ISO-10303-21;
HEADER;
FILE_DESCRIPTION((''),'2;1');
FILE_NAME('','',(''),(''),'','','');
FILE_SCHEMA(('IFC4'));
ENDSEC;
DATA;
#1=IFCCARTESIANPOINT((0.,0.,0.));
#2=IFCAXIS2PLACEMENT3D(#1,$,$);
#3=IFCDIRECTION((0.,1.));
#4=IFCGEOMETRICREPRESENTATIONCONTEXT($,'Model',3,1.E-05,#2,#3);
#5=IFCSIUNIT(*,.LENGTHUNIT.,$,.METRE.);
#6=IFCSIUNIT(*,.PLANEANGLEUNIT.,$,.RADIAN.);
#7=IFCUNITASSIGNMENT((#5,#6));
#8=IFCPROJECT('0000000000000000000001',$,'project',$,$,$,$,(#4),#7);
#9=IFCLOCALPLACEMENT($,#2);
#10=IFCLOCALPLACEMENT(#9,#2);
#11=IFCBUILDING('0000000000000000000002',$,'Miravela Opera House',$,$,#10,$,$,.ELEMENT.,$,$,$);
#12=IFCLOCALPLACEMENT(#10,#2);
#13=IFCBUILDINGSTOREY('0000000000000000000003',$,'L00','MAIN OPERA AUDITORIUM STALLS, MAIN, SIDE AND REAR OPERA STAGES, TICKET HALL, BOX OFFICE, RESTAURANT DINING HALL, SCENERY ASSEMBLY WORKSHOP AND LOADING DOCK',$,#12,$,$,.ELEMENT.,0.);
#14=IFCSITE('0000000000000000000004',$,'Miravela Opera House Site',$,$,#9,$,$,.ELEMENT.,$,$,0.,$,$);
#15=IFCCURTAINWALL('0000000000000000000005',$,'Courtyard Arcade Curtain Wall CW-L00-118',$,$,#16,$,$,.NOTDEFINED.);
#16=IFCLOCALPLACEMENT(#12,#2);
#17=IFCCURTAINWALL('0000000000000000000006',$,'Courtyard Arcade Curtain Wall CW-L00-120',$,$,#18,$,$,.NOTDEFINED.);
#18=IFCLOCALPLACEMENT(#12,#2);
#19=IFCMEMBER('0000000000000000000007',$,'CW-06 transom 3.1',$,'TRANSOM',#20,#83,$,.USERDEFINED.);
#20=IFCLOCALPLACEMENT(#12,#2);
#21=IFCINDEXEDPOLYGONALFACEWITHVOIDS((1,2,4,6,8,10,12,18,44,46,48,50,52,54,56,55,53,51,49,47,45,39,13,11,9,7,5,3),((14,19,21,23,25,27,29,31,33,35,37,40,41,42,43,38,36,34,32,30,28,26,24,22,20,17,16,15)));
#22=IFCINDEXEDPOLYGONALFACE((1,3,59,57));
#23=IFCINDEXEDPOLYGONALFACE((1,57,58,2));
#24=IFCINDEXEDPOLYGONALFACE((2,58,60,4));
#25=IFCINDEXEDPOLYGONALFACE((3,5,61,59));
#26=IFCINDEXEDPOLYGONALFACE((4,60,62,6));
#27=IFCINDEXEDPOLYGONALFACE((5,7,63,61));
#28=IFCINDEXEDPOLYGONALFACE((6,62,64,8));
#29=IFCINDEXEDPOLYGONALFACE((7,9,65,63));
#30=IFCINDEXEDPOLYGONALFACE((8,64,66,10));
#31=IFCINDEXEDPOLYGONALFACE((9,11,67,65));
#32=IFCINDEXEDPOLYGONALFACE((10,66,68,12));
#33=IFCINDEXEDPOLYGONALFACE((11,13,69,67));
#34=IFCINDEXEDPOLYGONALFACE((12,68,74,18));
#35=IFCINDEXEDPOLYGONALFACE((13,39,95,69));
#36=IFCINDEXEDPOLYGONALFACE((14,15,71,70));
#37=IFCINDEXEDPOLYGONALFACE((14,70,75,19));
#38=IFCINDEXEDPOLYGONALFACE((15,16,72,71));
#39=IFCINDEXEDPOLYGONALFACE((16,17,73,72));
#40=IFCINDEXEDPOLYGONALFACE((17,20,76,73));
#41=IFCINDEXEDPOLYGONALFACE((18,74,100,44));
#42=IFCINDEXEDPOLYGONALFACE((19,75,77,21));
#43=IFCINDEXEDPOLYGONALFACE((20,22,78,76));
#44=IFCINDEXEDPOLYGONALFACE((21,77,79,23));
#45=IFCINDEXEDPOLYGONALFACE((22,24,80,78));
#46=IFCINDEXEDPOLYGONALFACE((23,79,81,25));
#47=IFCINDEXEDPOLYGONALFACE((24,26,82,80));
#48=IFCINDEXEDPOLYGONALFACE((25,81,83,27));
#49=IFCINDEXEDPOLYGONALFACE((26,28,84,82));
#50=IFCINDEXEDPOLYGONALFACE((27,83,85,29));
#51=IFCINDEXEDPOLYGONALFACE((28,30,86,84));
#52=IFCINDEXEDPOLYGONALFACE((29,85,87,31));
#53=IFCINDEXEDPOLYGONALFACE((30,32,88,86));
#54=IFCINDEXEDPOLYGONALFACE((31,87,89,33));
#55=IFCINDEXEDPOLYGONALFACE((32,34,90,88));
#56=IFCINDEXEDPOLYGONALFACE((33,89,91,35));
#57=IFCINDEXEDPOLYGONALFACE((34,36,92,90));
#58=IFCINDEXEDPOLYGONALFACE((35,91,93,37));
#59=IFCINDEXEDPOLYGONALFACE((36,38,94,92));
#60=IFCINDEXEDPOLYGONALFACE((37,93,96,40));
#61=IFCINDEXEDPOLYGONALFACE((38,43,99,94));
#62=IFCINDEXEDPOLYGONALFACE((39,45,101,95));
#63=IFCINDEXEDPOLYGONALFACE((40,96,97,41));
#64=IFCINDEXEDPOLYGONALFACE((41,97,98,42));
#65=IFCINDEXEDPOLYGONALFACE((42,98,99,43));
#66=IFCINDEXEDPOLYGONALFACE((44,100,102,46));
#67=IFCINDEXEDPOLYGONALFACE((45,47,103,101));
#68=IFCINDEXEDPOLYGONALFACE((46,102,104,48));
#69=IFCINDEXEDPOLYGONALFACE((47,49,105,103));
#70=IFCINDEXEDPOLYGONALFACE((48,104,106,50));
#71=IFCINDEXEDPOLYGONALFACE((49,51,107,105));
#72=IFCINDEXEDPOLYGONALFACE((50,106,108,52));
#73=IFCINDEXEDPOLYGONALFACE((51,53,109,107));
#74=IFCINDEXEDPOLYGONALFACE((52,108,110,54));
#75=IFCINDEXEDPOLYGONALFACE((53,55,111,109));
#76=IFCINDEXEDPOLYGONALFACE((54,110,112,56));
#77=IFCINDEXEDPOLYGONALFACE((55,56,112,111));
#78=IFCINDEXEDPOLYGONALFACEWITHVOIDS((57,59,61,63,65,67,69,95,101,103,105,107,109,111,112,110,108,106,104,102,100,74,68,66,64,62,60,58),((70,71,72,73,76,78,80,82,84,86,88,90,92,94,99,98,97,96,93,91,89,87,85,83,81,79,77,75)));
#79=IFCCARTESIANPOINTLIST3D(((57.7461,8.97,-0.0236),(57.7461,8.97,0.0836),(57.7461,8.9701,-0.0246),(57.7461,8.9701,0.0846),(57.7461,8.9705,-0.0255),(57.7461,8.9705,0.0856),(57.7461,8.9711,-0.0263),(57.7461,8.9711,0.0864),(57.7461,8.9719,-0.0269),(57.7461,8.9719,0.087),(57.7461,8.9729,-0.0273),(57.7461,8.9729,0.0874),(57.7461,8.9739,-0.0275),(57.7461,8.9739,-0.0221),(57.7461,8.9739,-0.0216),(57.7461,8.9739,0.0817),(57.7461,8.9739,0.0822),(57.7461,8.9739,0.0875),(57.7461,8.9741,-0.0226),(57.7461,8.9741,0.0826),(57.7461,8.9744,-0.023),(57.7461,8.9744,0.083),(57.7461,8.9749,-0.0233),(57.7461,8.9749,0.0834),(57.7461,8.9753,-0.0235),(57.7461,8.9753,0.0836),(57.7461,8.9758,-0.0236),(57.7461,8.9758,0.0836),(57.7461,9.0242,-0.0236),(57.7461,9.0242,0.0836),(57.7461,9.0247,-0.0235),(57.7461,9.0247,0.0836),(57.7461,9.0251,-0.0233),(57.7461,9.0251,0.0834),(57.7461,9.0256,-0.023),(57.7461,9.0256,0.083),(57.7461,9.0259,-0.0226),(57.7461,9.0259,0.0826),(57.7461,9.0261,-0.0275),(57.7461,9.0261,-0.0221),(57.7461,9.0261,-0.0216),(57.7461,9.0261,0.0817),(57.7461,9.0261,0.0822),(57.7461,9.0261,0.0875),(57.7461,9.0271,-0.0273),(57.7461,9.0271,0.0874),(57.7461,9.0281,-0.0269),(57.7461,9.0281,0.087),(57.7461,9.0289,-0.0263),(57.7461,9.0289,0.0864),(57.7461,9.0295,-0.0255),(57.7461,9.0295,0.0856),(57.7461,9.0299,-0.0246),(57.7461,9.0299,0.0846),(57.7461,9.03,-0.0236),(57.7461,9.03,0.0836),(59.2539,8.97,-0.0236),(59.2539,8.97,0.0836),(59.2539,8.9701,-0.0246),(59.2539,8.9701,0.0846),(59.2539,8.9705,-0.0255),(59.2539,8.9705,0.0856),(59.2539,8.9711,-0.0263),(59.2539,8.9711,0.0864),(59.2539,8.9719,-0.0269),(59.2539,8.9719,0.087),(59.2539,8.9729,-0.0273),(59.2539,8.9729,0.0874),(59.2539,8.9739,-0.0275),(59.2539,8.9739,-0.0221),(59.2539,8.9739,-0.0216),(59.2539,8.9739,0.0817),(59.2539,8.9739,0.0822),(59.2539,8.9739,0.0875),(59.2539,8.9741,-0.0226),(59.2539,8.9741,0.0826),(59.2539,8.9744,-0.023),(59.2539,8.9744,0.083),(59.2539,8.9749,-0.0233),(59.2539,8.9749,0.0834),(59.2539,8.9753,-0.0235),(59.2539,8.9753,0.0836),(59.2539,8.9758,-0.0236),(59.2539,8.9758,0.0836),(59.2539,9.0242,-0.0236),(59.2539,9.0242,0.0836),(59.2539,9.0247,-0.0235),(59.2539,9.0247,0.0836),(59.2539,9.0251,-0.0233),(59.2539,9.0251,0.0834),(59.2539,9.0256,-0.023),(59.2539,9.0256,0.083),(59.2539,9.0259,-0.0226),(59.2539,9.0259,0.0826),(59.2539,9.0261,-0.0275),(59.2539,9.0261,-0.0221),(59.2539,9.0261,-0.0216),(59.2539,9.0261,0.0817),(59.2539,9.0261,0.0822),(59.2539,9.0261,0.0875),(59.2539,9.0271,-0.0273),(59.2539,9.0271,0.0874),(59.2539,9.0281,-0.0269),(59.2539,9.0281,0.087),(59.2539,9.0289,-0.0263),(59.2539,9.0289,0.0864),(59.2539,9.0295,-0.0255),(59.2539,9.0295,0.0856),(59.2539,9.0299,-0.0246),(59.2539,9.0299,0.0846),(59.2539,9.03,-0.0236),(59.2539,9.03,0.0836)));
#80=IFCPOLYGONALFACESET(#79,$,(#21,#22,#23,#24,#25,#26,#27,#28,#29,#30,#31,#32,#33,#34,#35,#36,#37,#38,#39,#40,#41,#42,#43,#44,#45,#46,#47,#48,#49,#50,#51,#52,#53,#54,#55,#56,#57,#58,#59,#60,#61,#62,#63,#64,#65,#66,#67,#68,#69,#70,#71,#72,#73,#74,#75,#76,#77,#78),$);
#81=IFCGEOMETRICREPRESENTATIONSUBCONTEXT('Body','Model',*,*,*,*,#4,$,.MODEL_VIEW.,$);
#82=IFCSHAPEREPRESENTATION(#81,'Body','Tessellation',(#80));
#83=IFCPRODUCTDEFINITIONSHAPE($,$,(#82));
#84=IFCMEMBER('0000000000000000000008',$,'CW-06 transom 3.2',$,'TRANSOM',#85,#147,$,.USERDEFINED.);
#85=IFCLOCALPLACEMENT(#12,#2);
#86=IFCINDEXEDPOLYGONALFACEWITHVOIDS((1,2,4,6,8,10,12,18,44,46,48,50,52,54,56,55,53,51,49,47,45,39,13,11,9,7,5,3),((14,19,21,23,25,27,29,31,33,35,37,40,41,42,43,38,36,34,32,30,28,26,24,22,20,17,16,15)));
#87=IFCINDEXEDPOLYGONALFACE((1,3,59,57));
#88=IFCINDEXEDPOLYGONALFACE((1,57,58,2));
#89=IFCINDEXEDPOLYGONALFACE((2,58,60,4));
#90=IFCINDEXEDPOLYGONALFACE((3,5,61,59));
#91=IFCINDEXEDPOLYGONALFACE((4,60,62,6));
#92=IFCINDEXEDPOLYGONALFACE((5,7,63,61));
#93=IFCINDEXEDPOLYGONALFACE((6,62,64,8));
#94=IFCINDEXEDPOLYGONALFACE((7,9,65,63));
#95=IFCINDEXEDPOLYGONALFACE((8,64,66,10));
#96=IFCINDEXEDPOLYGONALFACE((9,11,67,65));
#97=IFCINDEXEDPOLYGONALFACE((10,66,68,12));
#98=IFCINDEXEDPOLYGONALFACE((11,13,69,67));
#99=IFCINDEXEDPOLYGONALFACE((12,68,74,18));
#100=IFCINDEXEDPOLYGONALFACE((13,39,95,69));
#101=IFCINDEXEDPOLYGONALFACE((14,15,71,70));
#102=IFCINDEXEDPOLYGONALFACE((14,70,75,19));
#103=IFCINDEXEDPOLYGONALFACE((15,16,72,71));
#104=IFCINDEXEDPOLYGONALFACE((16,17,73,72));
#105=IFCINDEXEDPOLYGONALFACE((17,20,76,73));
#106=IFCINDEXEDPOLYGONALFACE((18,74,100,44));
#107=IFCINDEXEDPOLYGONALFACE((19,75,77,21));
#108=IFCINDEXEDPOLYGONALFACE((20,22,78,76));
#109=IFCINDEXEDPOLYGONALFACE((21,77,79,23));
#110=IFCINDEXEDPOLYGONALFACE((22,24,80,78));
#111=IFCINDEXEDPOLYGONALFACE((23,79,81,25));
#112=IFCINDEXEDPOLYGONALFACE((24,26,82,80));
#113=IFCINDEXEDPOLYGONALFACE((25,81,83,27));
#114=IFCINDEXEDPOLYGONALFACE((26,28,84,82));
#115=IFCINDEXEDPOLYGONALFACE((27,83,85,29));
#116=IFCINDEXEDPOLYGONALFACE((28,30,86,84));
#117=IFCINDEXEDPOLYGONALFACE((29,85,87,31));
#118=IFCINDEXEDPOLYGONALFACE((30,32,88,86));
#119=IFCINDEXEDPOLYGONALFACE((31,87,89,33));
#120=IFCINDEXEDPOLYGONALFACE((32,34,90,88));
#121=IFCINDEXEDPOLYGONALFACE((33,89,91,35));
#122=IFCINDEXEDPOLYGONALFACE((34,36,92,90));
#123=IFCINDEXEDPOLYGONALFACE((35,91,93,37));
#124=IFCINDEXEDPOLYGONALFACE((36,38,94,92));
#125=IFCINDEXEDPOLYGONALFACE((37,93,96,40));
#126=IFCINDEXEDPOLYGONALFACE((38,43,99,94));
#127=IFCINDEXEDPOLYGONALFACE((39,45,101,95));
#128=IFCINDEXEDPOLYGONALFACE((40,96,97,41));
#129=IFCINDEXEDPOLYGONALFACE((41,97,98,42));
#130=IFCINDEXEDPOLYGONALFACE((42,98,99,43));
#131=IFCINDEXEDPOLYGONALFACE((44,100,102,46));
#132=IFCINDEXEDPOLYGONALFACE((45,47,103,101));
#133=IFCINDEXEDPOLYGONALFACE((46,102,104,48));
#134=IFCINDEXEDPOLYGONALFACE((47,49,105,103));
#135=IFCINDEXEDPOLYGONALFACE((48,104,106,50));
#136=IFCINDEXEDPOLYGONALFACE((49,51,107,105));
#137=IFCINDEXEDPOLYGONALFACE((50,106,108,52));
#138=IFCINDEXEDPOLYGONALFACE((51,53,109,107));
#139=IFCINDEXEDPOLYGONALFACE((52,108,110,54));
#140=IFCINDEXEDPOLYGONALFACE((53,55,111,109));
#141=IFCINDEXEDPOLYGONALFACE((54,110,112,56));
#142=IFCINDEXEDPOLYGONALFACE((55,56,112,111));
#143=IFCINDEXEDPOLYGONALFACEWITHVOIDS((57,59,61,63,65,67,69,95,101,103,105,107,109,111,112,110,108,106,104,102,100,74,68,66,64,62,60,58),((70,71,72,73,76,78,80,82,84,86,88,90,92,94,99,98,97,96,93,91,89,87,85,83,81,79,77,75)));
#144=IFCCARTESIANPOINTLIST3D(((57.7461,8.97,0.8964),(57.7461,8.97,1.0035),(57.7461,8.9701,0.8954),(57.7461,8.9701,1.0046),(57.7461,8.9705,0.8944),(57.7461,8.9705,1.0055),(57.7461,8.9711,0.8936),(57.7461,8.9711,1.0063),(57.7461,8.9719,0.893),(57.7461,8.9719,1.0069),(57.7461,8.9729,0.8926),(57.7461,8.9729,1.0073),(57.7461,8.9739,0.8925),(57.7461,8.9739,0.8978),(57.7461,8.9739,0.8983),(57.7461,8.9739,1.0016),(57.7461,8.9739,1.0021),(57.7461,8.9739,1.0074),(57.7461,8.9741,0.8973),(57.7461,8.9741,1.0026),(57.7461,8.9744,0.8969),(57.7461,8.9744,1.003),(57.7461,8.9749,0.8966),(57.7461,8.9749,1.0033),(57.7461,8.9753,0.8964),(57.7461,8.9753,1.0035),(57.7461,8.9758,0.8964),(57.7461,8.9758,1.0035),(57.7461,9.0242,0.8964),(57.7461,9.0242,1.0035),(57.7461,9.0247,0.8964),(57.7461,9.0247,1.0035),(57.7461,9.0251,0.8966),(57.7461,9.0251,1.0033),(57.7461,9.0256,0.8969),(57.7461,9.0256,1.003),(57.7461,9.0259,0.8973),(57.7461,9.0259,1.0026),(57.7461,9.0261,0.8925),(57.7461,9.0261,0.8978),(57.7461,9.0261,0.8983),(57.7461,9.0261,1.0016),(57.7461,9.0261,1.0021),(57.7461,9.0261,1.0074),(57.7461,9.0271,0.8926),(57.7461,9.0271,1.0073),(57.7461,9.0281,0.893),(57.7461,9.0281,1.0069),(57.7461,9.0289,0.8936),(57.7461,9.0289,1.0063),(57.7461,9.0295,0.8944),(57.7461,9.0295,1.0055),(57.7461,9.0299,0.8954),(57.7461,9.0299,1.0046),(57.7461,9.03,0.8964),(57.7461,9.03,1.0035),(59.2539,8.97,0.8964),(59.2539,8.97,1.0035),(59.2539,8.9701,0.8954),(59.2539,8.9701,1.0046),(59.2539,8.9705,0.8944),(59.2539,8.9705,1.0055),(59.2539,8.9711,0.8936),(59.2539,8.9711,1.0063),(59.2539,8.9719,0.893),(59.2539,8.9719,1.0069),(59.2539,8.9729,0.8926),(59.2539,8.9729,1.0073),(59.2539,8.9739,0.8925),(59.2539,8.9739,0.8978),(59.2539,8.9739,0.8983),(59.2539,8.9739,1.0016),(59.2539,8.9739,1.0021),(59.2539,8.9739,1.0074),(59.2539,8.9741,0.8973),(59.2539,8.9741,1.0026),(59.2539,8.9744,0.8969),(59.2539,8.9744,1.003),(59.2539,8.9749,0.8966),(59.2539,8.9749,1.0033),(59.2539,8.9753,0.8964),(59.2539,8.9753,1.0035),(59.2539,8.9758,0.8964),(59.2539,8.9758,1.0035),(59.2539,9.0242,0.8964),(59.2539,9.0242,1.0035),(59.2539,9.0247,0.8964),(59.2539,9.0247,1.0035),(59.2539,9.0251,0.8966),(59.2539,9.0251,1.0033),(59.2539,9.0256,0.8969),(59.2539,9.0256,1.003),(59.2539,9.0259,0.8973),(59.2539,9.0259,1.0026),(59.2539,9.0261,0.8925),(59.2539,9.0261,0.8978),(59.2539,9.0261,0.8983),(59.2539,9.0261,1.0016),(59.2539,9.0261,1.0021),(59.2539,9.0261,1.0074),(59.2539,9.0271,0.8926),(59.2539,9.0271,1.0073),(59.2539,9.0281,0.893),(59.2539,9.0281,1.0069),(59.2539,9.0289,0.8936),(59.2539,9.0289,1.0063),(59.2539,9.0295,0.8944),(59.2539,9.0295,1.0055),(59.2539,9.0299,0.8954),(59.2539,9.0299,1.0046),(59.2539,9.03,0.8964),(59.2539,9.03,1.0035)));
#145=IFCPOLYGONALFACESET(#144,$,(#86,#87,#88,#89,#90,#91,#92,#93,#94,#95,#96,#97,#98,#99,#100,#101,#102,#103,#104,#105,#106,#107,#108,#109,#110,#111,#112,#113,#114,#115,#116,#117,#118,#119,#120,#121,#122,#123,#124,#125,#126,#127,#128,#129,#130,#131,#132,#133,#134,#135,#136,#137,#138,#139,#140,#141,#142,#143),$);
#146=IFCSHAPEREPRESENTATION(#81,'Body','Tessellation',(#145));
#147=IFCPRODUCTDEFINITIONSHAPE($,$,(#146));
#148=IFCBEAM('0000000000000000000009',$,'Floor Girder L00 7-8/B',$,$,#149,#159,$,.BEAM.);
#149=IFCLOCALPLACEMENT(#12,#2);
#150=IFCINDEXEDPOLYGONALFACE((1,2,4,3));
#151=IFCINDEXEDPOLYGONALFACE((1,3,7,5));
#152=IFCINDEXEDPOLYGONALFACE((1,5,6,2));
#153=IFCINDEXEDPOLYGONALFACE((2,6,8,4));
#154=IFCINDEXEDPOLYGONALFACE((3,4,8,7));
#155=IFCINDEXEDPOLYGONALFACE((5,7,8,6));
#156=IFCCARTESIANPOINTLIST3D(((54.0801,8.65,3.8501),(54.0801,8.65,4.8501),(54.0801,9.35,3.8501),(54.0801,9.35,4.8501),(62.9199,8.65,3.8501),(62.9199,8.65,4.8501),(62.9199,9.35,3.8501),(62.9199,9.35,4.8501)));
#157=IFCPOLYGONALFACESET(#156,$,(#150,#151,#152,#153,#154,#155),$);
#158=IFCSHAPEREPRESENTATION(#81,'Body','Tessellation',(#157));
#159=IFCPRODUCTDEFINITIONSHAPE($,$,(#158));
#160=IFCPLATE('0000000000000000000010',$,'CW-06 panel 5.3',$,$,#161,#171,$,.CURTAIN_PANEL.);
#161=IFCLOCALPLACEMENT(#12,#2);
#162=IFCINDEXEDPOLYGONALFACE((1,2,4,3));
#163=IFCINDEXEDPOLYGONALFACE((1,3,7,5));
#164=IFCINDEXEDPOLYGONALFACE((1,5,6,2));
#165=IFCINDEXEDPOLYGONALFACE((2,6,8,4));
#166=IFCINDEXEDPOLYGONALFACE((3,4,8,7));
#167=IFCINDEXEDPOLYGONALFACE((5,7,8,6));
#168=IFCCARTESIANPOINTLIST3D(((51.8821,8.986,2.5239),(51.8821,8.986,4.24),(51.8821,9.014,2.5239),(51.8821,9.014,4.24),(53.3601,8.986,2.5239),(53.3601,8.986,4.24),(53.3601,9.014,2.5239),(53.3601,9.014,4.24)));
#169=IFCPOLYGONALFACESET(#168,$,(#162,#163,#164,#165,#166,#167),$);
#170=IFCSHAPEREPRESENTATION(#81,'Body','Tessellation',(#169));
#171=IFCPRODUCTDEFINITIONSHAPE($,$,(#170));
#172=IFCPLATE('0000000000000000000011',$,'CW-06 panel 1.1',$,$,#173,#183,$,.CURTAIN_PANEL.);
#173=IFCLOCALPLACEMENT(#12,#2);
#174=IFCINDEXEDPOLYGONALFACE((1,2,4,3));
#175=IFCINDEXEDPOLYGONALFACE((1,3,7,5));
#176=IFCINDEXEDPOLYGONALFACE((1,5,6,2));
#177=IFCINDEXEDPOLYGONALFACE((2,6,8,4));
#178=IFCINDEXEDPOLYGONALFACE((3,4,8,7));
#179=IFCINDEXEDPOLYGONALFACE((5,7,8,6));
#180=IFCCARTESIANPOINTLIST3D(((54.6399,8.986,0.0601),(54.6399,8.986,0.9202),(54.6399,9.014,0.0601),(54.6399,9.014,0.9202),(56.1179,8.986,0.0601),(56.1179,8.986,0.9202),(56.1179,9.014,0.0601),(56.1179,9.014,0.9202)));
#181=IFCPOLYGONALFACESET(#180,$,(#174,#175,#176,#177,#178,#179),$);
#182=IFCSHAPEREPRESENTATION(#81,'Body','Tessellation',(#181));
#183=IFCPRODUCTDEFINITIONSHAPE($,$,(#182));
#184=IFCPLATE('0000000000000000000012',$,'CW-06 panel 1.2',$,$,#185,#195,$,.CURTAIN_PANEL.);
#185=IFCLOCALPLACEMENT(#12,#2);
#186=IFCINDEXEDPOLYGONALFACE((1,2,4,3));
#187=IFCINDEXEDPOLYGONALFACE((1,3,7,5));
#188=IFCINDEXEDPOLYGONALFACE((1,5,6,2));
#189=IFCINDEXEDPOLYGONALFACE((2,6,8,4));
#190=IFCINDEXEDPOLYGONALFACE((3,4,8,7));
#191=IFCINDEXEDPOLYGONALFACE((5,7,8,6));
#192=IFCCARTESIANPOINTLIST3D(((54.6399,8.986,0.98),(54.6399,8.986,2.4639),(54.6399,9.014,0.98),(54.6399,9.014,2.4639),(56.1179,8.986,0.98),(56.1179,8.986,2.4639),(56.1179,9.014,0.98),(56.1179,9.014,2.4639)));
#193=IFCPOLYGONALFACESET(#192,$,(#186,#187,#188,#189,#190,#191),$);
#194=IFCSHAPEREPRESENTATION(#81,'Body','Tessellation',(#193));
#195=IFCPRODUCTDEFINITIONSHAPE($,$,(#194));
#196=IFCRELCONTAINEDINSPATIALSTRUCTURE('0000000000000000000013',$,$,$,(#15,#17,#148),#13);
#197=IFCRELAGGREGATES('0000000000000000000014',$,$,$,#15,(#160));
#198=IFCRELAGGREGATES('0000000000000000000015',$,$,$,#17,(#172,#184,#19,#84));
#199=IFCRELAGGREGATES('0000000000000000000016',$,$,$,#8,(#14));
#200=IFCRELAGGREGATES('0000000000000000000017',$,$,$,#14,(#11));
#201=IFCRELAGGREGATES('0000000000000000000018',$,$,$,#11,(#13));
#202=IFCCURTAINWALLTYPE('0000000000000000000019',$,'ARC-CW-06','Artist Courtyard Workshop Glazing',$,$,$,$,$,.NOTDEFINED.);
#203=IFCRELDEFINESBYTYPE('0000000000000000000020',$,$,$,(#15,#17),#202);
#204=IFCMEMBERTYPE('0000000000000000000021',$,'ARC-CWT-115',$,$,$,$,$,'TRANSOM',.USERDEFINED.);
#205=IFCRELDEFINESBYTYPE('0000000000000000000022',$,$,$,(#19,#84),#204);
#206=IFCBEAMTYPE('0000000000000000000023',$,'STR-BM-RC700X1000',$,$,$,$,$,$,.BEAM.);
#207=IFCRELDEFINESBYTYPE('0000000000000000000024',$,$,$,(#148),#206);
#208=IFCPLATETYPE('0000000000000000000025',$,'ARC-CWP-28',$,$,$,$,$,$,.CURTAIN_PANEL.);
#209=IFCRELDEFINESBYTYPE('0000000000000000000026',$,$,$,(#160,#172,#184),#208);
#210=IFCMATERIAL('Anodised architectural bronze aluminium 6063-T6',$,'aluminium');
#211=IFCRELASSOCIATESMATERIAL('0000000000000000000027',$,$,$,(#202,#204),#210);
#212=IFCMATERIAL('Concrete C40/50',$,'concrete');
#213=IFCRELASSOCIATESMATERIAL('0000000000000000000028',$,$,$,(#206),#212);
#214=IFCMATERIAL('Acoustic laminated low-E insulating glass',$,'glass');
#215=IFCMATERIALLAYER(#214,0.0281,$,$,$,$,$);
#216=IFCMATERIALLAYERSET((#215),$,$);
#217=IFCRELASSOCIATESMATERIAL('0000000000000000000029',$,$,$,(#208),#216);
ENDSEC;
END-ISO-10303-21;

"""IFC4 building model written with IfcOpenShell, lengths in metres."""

from ifc_helpers import new_model, si_unit, direction, frame, origin, origin_2d, place, context, subcontext, project, spatial, rectangle, hollow_rectangle, extrude, material, layer, layer_set, material_profile, profile_set, type_object, element, aggregate, save


model = new_model("IFC4")

# Units and contexts
model_context = context("Model", 3, precision=1e-05, world=origin(), true_north=direction((0.0, 1.0)))
body_context = subcontext(model_context, "Body", "Model", "MODEL_VIEW")
ifc_project = project(units=[si_unit("LENGTHUNIT", "METRE"), si_unit("PLANEANGLEUNIT", "RADIAN")], contexts=[model_context])

# Site, building, storey
site_placement = place(None, origin())
site = spatial("IfcSite", under=ifc_project, at=site_placement, Name="Miravela Opera House Site", CompositionType="ELEMENT", RefElevation=0.0)
building_placement = place(site_placement, origin())
building = spatial("IfcBuilding", under=site, at=building_placement, Name="Miravela Opera House", CompositionType="ELEMENT")
storey_placement = place(building_placement, origin())
storey = spatial("IfcBuildingStorey", under=building, at=storey_placement, Name="L00", Description="MAIN OPERA AUDITORIUM STALLS, MAIN, SIDE AND REAR OPERA STAGES, TICKET HALL, BOX OFFICE, RESTAURANT DINING HALL, SCENERY ASSEMBLY WORKSHOP AND LOADING DOCK", CompositionType="ELEMENT", Elevation=0.0)

# Curtain wall
ifc_material_1 = material(Name="Anodised architectural bronze aluminium 6063-T6", Category="aluminium")
curtain_wall_type = type_object("IfcCurtainWallType", Name="ARC-CW-06", Description="Artist Courtyard Workshop Glazing", PredefinedType="NOTDEFINED", material=ifc_material_1)
curtain_wall_1_placement = place(storey_placement, origin())
curtain_wall_1 = element("IfcCurtainWall", 1, at=curtain_wall_1_placement, inside=storey, type_object=curtain_wall_type, Name="Courtyard Arcade Curtain Wall CW-L00-118", PredefinedType="NOTDEFINED")

# Curtain wall, members
curtain_wall_2_placement = place(storey_placement, origin())
curtain_wall_2 = element("IfcCurtainWall", 2, at=curtain_wall_2_placement, inside=storey, type_object=curtain_wall_type, Name="Courtyard Arcade Curtain Wall CW-L00-120", PredefinedType="NOTDEFINED")
ifc_material_profile_1 = material_profile(ifc_material_1, hollow_rectangle(XDim=0.0601, YDim=0.115, WallThickness=0.0039, InnerFilletRadius=0.002, OuterFilletRadius=0.0039, at=origin_2d()), Name="CWT-60X115")
ifc_profile_set_1 = profile_set([ifc_material_profile_1])
member_type_1 = type_object("IfcMemberType", Name="ARC-CWT-115", ElementType="TRANSOM", PredefinedType="USERDEFINED", material=ifc_profile_set_1)
member_1_placement = place(storey_placement, frame((57.7461, 9.0, 0.03), z_axis=(1.0, 0.0, 0.0), x_axis=(0.0, 1.0, 0.0)))
member_1 = element("IfcMember", 3, at=member_1_placement, type_object=member_type_1, Name="CW-06 transom 3.1", ObjectType="TRANSOM", PredefinedType="USERDEFINED", context=body_context, shape_type="SweptSolid", body=[
    extrude(hollow_rectangle(XDim=0.0601, YDim=0.115, WallThickness=0.0039, InnerFilletRadius=0.002, OuterFilletRadius=0.0039, at=origin_2d()), origin(), (0.0, 0.0, 1.0), 1.5078),
])
member_2_placement = place(storey_placement, frame((57.7461, 9.0, 0.95), z_axis=(1.0, 0.0, 0.0), x_axis=(0.0, 1.0, 0.0)))
member_2 = element("IfcMember", 4, at=member_2_placement, type_object=member_type_1, Name="CW-06 transom 3.2", ObjectType="TRANSOM", PredefinedType="USERDEFINED", context=body_context, shape_type="SweptSolid", body=[
    extrude(hollow_rectangle(XDim=0.0601, YDim=0.115, WallThickness=0.0039, InnerFilletRadius=0.002, OuterFilletRadius=0.0039, at=origin_2d()), origin(), (0.0, 0.0, 1.0), 1.5078),
])

# Beam
ifc_material_2 = material(Name="Concrete C40/50", Category="concrete")
ifc_material_profile_2 = material_profile(ifc_material_2, rectangle(XDim=0.7, YDim=1.0, at=origin_2d()), Name="RC-BM-700X1000")
ifc_profile_set_2 = profile_set([ifc_material_profile_2])
beam_type = type_object("IfcBeamType", Name="STR-BM-RC700X1000", PredefinedType="BEAM", material=ifc_profile_set_2)
beam_placement = place(storey_placement, frame((54.0801, 9.0, 4.3501), z_axis=(1.0, 0.0, 0.0), x_axis=(0.0, 1.0, 0.0)))
element("IfcBeam", 5, at=beam_placement, inside=storey, type_object=beam_type, Name="Floor Girder L00 7-8/B", PredefinedType="BEAM", context=body_context, shape_type="SweptSolid", body=[
    extrude(rectangle(XDim=0.7, YDim=1.0, at=origin_2d()), origin(), (0.0, 0.0, 1.0), 8.8398),
])

# Plates
ifc_material_3 = material(Name="Acoustic laminated low-E insulating glass", Category="glass")
ifc_layer = layer(ifc_material_3, 0.0281)
ifc_layer_set = layer_set([ifc_layer])
plate_type = type_object("IfcPlateType", Name="ARC-CWP-28", PredefinedType="CURTAIN_PANEL", material=ifc_layer_set)
plate_1_placement = place(storey_placement, frame((52.6211, 9.0, 2.5239), z_axis=(0.0, 0.0, 1.0), x_axis=(1.0, 0.0, 0.0)))
plate_1 = element("IfcPlate", 6, at=plate_1_placement, type_object=plate_type, Name="CW-06 panel 5.3", PredefinedType="CURTAIN_PANEL", context=body_context, shape_type="SweptSolid", body=[
    extrude(rectangle(XDim=1.478, YDim=0.0281, at=origin_2d()), origin(), (0.0, 0.0, 1.0), 1.7161),
])
aggregate(curtain_wall_1, [plate_1])
plate_2_placement = place(storey_placement, frame((55.3789, 9.0, 0.0601), z_axis=(0.0, 0.0, 1.0), x_axis=(1.0, 0.0, 0.0)))
plate_2 = element("IfcPlate", 7, at=plate_2_placement, type_object=plate_type, Name="CW-06 panel 1.1", PredefinedType="CURTAIN_PANEL", context=body_context, shape_type="SweptSolid", body=[
    extrude(rectangle(XDim=1.478, YDim=0.0281, at=origin_2d()), origin(), (0.0, 0.0, 1.0), 0.8601),
])
plate_3_placement = place(storey_placement, frame((55.3789, 9.0, 0.98), z_axis=(0.0, 0.0, 1.0), x_axis=(1.0, 0.0, 0.0)))
plate_3 = element("IfcPlate", 8, at=plate_3_placement, type_object=plate_type, Name="CW-06 panel 1.2", PredefinedType="CURTAIN_PANEL", context=body_context, shape_type="SweptSolid", body=[
    extrude(rectangle(XDim=1.478, YDim=0.0281, at=origin_2d()), origin(), (0.0, 0.0, 1.0), 1.4839),
])
aggregate(curtain_wall_2, [plate_2, plate_3, member_1, member_2])

save(model, "model.ifc")
